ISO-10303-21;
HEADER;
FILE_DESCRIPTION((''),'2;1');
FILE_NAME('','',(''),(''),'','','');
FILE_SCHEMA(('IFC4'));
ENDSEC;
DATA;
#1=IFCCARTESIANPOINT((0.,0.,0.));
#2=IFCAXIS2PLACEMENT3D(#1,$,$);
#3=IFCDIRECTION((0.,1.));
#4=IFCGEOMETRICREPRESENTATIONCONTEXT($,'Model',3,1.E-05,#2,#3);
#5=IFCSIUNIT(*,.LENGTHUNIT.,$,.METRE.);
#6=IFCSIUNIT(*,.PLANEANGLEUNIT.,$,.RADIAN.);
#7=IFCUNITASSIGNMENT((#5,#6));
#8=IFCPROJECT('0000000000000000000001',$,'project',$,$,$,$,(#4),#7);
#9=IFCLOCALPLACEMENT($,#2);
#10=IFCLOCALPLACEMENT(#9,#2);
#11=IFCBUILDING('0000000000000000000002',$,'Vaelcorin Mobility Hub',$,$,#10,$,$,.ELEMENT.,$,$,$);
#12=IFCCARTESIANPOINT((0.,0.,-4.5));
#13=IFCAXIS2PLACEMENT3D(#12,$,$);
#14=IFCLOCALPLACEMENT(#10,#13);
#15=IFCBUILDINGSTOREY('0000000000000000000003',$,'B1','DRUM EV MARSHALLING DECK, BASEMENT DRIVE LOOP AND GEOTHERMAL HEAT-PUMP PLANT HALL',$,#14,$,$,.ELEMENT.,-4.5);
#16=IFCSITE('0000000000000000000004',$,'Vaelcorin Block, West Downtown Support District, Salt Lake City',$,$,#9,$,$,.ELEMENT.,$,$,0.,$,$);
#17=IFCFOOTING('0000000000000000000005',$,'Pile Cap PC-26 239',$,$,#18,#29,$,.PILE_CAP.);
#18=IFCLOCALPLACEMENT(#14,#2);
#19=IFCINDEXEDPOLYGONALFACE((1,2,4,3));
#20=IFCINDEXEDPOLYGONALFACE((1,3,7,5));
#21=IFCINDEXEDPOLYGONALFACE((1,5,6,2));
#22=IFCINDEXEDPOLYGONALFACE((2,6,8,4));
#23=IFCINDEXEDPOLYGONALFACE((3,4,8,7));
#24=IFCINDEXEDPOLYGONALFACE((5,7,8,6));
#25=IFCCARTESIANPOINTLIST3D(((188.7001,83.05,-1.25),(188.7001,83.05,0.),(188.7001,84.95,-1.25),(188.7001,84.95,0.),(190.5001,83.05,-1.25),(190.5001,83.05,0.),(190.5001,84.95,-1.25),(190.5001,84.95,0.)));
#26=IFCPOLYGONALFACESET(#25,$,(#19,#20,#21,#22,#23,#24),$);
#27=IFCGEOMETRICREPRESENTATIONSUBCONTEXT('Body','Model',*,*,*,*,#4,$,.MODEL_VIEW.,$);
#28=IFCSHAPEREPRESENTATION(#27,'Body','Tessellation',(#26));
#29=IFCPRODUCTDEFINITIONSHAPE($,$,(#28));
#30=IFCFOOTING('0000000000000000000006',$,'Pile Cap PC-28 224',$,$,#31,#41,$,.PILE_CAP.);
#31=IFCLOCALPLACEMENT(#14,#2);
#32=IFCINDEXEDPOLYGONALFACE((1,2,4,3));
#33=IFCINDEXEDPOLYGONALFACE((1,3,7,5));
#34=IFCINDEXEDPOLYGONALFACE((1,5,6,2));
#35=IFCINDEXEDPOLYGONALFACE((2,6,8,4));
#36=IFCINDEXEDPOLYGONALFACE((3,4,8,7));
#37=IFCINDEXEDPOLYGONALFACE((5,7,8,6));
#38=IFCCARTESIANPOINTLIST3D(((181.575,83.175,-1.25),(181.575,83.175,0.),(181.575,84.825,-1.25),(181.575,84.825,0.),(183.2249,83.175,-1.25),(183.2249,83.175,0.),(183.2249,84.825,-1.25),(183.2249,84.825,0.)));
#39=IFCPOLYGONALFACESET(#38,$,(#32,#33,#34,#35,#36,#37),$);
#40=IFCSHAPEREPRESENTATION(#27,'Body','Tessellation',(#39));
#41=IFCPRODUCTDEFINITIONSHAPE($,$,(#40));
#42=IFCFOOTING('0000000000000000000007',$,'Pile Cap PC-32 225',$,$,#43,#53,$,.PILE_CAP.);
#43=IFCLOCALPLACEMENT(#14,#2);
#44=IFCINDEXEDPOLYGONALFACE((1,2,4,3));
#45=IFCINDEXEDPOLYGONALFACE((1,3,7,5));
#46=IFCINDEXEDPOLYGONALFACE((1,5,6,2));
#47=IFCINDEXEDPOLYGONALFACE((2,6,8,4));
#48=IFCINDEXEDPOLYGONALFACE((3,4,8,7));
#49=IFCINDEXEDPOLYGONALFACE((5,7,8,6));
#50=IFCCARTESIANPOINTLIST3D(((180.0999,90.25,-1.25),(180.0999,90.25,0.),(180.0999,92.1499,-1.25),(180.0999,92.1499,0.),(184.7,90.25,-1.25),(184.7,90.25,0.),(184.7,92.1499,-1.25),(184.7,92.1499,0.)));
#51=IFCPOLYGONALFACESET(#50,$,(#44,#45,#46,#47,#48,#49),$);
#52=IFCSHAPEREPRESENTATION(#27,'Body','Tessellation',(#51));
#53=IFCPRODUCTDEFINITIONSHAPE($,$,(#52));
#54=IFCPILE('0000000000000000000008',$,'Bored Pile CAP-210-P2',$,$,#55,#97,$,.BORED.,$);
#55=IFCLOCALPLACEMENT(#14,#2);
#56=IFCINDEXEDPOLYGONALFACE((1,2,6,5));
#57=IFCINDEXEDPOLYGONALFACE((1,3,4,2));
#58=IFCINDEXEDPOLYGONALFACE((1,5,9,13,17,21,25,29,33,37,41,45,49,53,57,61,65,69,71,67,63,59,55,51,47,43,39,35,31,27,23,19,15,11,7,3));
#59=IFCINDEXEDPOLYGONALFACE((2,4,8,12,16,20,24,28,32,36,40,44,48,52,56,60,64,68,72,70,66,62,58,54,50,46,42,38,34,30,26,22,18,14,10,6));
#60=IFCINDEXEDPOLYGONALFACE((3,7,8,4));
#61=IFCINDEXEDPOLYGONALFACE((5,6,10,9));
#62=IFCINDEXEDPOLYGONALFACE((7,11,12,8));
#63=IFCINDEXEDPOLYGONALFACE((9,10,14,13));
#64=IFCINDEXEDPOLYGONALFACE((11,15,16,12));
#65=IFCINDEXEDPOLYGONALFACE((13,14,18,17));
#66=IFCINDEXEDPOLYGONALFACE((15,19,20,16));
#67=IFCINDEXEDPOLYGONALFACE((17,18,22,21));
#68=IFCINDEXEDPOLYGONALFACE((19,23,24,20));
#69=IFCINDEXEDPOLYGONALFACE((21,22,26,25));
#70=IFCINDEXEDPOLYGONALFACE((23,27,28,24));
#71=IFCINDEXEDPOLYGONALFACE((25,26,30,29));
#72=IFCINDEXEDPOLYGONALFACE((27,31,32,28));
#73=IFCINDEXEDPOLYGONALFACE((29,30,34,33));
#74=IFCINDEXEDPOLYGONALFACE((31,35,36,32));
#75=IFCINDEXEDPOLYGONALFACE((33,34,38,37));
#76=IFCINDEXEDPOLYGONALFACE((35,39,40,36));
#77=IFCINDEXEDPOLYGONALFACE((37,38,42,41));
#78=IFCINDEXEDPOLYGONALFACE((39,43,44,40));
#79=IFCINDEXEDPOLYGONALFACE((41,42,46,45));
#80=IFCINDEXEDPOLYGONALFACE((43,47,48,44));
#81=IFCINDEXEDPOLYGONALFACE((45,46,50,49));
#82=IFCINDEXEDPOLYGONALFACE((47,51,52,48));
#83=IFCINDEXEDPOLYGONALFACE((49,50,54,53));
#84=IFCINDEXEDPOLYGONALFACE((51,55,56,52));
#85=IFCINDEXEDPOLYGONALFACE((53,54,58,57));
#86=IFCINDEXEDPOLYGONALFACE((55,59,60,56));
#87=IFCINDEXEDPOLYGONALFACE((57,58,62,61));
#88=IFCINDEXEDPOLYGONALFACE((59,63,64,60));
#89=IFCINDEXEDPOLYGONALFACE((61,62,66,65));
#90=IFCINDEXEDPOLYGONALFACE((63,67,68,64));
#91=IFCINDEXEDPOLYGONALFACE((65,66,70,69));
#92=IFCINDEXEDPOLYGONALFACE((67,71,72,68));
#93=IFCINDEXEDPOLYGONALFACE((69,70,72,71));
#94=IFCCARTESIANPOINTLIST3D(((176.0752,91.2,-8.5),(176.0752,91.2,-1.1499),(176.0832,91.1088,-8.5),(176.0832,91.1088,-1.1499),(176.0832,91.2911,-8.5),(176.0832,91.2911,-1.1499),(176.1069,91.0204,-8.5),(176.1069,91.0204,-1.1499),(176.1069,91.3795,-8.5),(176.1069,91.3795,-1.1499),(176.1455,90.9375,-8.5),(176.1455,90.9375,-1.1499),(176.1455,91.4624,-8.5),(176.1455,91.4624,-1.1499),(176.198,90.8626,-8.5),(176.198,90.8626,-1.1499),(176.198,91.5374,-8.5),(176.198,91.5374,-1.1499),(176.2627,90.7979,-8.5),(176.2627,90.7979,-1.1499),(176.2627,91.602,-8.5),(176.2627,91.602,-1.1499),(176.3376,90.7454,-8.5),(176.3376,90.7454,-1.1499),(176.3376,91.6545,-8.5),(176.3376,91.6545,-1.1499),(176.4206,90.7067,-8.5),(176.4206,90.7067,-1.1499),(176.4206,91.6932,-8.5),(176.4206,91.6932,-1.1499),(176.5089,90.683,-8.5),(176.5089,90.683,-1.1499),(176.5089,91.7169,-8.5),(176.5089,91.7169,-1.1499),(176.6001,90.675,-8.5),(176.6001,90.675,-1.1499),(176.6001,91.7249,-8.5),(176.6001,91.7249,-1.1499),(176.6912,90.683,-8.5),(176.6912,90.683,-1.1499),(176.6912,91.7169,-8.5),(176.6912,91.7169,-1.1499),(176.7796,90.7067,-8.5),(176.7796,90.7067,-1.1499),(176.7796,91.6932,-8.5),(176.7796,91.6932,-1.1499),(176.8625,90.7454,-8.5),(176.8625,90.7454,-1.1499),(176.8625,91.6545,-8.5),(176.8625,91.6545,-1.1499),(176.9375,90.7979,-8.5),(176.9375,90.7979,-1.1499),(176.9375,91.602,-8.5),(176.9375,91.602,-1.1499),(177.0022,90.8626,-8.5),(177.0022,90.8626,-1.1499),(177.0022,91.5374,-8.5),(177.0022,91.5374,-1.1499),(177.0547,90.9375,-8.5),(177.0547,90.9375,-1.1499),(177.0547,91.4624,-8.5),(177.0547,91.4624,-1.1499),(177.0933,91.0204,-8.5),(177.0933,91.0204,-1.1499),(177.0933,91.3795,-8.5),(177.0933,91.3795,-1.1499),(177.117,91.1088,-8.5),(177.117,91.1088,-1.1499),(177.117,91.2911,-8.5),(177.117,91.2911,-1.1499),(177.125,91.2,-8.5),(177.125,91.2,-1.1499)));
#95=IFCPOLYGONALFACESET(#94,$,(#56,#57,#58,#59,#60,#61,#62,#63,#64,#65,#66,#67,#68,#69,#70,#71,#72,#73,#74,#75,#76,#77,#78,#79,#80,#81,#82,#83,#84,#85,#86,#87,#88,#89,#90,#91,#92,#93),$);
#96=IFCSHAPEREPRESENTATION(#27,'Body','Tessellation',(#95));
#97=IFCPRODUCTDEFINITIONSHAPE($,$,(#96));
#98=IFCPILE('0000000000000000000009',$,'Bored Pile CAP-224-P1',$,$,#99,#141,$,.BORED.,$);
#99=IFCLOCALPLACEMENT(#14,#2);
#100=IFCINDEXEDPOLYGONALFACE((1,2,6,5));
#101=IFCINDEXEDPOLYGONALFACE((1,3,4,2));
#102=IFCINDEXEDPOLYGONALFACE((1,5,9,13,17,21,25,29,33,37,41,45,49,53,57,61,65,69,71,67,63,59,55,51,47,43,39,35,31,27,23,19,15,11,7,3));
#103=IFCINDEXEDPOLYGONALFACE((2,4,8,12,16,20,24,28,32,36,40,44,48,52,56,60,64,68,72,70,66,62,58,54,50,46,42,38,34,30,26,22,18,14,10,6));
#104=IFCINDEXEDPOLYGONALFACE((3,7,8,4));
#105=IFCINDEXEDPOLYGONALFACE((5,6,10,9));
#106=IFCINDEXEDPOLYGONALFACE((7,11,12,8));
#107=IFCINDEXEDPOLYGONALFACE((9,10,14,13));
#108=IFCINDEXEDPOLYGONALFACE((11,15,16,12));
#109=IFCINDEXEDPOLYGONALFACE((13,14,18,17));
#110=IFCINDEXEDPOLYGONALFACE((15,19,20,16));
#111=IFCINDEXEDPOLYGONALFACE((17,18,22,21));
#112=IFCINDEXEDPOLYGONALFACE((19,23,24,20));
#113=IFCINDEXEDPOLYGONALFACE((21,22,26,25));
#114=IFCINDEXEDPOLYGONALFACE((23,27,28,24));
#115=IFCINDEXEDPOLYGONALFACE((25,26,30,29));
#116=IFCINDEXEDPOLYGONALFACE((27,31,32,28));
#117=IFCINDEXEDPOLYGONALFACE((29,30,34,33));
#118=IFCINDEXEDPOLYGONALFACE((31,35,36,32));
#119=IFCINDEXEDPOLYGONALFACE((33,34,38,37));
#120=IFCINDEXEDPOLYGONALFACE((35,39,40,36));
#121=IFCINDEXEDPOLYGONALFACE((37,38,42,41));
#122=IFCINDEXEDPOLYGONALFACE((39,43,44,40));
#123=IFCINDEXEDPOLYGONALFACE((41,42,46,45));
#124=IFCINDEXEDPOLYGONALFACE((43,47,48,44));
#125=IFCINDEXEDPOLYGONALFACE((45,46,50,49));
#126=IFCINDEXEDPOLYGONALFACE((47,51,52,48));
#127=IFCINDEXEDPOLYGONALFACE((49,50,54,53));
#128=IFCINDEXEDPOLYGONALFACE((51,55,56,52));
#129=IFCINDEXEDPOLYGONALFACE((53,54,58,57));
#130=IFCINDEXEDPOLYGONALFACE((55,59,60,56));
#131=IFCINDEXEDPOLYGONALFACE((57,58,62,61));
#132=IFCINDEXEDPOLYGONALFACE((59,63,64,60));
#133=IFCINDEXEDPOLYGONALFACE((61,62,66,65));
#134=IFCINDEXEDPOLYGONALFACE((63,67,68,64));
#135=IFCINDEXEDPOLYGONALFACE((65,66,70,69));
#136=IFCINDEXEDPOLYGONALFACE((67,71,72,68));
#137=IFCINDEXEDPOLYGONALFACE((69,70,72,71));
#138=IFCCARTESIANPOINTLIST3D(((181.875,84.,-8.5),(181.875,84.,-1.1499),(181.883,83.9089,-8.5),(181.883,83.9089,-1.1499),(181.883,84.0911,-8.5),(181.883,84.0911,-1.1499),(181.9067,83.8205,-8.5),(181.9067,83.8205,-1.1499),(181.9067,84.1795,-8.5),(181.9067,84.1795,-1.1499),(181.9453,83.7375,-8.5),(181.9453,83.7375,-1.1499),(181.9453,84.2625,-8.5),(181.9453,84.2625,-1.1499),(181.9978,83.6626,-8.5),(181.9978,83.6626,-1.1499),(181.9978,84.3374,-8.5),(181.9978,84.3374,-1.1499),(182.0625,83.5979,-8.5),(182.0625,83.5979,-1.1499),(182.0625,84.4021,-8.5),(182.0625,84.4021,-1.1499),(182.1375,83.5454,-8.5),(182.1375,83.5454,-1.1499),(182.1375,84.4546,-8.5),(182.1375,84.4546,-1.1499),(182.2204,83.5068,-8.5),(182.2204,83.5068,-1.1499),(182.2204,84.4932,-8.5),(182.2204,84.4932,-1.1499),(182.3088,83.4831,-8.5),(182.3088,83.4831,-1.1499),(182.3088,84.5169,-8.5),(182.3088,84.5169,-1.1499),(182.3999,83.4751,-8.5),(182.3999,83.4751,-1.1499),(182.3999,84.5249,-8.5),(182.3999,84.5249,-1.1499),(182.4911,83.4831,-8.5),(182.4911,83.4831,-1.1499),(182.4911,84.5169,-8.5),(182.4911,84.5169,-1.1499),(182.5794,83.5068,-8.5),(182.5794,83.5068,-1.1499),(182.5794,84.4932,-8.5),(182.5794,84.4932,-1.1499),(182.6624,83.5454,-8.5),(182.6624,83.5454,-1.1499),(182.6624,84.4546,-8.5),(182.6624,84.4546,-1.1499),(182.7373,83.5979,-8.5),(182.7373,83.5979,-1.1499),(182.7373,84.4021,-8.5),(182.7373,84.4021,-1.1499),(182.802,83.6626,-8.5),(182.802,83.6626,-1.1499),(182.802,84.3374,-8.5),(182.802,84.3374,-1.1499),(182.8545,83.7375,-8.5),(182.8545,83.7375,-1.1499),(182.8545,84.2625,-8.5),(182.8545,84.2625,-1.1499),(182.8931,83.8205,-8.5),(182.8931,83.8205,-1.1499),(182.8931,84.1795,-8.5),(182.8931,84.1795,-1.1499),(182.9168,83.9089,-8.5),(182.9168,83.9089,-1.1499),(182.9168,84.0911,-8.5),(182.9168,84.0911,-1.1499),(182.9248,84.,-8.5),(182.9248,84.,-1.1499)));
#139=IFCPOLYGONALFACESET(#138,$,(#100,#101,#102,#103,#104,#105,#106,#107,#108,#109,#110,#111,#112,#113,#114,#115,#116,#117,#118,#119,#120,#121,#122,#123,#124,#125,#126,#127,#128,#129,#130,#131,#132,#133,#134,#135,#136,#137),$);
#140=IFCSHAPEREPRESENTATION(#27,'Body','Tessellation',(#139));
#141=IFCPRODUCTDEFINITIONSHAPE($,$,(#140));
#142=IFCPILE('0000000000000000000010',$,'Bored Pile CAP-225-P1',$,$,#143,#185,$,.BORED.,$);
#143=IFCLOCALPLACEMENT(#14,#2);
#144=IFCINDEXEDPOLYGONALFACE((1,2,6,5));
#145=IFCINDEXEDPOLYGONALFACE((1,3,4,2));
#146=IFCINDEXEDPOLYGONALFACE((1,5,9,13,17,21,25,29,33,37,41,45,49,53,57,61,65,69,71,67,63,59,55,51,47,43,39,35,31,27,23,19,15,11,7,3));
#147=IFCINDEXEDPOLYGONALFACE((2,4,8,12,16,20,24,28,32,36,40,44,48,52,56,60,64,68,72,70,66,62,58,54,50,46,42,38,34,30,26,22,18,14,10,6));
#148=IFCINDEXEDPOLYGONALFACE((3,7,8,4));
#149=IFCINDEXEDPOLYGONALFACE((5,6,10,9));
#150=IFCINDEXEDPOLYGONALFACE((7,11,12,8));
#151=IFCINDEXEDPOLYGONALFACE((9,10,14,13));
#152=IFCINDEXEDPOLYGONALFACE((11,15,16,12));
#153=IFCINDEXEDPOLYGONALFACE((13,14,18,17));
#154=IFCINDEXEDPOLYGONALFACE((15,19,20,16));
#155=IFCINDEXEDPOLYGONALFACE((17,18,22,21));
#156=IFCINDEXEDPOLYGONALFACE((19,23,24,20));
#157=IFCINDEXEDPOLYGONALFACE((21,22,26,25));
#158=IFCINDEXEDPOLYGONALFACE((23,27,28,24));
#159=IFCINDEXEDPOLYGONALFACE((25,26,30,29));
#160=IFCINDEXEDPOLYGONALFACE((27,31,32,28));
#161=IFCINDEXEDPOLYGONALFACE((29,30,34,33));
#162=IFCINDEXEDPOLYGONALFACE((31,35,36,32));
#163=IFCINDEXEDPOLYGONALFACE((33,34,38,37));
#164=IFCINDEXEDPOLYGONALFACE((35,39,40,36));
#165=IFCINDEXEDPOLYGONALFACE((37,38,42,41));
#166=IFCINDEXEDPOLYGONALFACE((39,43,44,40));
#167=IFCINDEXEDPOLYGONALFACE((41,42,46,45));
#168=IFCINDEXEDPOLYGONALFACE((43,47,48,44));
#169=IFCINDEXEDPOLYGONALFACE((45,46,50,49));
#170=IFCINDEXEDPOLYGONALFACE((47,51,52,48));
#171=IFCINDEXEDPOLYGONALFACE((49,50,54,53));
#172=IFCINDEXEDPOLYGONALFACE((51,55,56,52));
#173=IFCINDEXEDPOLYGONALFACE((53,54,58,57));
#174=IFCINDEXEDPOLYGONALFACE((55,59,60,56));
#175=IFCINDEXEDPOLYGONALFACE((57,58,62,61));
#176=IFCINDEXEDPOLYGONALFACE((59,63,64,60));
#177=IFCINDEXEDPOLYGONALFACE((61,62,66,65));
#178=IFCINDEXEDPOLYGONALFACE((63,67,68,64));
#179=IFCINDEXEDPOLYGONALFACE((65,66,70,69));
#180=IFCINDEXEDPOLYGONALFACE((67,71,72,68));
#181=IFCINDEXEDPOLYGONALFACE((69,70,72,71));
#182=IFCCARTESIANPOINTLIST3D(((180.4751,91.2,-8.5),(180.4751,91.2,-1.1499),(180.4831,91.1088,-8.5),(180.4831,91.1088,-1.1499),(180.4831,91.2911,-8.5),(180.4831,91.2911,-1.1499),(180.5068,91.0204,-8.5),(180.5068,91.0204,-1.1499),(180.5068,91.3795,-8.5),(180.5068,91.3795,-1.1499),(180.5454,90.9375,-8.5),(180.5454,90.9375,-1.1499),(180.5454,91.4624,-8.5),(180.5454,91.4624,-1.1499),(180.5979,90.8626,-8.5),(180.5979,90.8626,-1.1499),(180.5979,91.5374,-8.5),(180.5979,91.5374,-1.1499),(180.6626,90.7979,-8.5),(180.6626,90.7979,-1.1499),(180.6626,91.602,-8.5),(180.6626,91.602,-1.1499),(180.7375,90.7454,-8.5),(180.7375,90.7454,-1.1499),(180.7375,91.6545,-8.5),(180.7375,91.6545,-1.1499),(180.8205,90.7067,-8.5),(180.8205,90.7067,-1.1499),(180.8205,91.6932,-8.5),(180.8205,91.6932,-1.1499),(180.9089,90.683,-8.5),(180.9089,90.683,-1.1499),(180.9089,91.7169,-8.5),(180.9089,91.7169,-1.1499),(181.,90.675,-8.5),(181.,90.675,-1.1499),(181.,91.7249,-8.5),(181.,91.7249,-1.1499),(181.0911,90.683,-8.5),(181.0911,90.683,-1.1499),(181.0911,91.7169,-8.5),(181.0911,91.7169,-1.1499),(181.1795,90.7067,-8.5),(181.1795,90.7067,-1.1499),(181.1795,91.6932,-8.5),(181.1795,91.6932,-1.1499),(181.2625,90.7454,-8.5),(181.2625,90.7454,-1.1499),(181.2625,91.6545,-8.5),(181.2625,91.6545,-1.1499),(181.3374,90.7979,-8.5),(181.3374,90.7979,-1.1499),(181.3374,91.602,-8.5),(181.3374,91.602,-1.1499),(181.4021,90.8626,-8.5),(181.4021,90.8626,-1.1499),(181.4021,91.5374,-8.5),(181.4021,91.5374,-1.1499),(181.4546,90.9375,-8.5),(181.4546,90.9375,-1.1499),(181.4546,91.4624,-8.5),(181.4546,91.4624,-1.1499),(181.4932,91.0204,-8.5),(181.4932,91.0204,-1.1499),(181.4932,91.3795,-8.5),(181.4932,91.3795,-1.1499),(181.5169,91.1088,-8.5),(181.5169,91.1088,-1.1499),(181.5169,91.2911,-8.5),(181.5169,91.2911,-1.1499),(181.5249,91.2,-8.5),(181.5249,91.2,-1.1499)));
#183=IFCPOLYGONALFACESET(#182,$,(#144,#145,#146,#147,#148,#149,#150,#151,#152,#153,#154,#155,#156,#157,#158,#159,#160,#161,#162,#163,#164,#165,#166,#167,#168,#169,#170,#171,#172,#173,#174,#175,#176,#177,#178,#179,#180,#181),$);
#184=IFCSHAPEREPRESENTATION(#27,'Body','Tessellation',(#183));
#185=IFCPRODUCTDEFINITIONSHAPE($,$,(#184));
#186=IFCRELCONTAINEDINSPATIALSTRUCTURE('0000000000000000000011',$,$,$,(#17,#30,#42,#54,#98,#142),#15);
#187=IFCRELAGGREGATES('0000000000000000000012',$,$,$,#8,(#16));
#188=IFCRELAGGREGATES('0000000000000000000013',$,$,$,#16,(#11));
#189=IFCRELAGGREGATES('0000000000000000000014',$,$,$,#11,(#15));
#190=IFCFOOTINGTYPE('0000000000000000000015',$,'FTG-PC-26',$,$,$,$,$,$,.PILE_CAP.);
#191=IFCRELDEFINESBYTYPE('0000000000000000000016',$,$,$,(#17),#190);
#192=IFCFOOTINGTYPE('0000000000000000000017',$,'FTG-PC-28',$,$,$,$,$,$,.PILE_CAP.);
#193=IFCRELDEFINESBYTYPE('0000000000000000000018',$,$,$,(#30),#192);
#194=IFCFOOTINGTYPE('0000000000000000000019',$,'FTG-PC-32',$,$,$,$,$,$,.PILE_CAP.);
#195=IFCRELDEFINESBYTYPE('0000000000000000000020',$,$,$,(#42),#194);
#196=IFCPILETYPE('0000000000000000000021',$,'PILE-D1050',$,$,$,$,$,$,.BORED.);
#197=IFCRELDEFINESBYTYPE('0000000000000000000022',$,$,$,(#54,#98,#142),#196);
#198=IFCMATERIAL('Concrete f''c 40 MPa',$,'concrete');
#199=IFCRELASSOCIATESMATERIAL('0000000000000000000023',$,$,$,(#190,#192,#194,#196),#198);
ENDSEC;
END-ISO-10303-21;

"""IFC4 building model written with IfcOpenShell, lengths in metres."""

from ifc_helpers import new_model, si_unit, direction, frame, origin, origin_2d, place, context, subcontext, project, spatial, rectangle, circle, extrude, material, material_profile, profile_set, type_object, element, save


model = new_model("IFC4")

# Units and contexts
model_context = context("Model", 3, precision=1e-05, world=origin(), true_north=direction((0.0, 1.0)))
body_context = subcontext(model_context, "Body", "Model", "MODEL_VIEW")
ifc_project = project(units=[si_unit("LENGTHUNIT", "METRE"), si_unit("PLANEANGLEUNIT", "RADIAN")], contexts=[model_context])

# Site, building, storey
site_placement = place(None, origin())
site = spatial("IfcSite", under=ifc_project, at=site_placement, Name="Vaelcorin Block, West Downtown Support District, Salt Lake City", CompositionType="ELEMENT", RefElevation=0.0)
building_placement = place(site_placement, origin())
building = spatial("IfcBuilding", under=site, at=building_placement, Name="Vaelcorin Mobility Hub", CompositionType="ELEMENT")
storey_placement = place(building_placement, frame((0.0, 0.0, -4.5)))
storey = spatial("IfcBuildingStorey", under=building, at=storey_placement, Name="B1", Description="DRUM EV MARSHALLING DECK, BASEMENT DRIVE LOOP AND GEOTHERMAL HEAT-PUMP PLANT HALL", CompositionType="ELEMENT", Elevation=-4.5)

# Footings
ifc_material_1 = material(Name="Concrete f'c 40 MPa", Category="concrete")
footing_type_1 = type_object("IfcFootingType", Name="FTG-PC-26", PredefinedType="PILE_CAP", material=ifc_material_1)
footing_1_placement = place(storey_placement, frame((189.6001, 84.0, -1.25), z_axis=(0.0, 0.0, 1.0), x_axis=(1.0, 0.0, 0.0)))
element("IfcFooting", 1, at=footing_1_placement, inside=storey, type_object=footing_type_1, Name="Pile Cap PC-26 239", PredefinedType="PILE_CAP", context=body_context, shape_type="SweptSolid", body=[
    extrude(rectangle(XDim=1.8, YDim=1.8999, at=origin_2d()), origin(), (0.0, 0.0, 1.0), 1.25),
])
footing_type_2 = type_object("IfcFootingType", Name="FTG-PC-28", PredefinedType="PILE_CAP", material=ifc_material_1)
footing_2_placement = place(storey_placement, frame((182.3999, 84.0, -1.25), z_axis=(0.0, 0.0, 1.0), x_axis=(1.0, 0.0, 0.0)))
element("IfcFooting", 2, at=footing_2_placement, inside=storey, type_object=footing_type_2, Name="Pile Cap PC-28 224", PredefinedType="PILE_CAP", context=body_context, shape_type="SweptSolid", body=[
    extrude(rectangle(XDim=1.6499, YDim=1.6499, at=origin_2d()), origin(), (0.0, 0.0, 1.0), 1.25),
])
footing_type_3 = type_object("IfcFootingType", Name="FTG-PC-32", PredefinedType="PILE_CAP", material=ifc_material_1)
footing_3_placement = place(storey_placement, frame((182.3999, 91.2, -1.25), z_axis=(0.0, 0.0, 1.0), x_axis=(1.0, 0.0, 0.0)))
element("IfcFooting", 3, at=footing_3_placement, inside=storey, type_object=footing_type_3, Name="Pile Cap PC-32 225", PredefinedType="PILE_CAP", context=body_context, shape_type="SweptSolid", body=[
    extrude(rectangle(XDim=4.6001, YDim=1.8999, at=origin_2d()), origin(), (0.0, 0.0, 1.0), 1.25),
])

# Piles
ifc_material_profile_1 = material_profile(ifc_material_1, circle(Radius=0.5249, at=origin_2d()), Name="BP-D1050")
ifc_profile_set_1 = profile_set([ifc_material_profile_1], Name="Concrete f'c 40 MPa")
pile_type = type_object("IfcPileType", Name="PILE-D1050", PredefinedType="BORED", material=ifc_profile_set_1)
for number, where, z_axis, x_axis, name in (
    (4, (176.6001, 91.2, -1.1499), (0.0, 0.0, -1.0), (1.0, 0.0, 0.0), "Bored Pile CAP-210-P2"),
    (5, (182.3999, 84.0, -1.1499), (0.0, 0.0, -1.0), (1.0, 0.0, 0.0), "Bored Pile CAP-224-P1"),
    (6, (181.0, 91.2, -1.1499), (0.0, 0.0, -1.0), (1.0, 0.0, 0.0), "Bored Pile CAP-225-P1"),
):
    element("IfcPile", number, at=place(storey_placement, frame(where, z_axis=z_axis, x_axis=x_axis)), inside=storey, type_object=pile_type, Name=name, PredefinedType="BORED", context=body_context, shape_type="SweptSolid", body=[
        extrude(circle(Radius=0.5249, at=origin_2d()), origin(), (0.0, 0.0, 1.0), 7.3501),
    ])

save(model, "model.ifc")
